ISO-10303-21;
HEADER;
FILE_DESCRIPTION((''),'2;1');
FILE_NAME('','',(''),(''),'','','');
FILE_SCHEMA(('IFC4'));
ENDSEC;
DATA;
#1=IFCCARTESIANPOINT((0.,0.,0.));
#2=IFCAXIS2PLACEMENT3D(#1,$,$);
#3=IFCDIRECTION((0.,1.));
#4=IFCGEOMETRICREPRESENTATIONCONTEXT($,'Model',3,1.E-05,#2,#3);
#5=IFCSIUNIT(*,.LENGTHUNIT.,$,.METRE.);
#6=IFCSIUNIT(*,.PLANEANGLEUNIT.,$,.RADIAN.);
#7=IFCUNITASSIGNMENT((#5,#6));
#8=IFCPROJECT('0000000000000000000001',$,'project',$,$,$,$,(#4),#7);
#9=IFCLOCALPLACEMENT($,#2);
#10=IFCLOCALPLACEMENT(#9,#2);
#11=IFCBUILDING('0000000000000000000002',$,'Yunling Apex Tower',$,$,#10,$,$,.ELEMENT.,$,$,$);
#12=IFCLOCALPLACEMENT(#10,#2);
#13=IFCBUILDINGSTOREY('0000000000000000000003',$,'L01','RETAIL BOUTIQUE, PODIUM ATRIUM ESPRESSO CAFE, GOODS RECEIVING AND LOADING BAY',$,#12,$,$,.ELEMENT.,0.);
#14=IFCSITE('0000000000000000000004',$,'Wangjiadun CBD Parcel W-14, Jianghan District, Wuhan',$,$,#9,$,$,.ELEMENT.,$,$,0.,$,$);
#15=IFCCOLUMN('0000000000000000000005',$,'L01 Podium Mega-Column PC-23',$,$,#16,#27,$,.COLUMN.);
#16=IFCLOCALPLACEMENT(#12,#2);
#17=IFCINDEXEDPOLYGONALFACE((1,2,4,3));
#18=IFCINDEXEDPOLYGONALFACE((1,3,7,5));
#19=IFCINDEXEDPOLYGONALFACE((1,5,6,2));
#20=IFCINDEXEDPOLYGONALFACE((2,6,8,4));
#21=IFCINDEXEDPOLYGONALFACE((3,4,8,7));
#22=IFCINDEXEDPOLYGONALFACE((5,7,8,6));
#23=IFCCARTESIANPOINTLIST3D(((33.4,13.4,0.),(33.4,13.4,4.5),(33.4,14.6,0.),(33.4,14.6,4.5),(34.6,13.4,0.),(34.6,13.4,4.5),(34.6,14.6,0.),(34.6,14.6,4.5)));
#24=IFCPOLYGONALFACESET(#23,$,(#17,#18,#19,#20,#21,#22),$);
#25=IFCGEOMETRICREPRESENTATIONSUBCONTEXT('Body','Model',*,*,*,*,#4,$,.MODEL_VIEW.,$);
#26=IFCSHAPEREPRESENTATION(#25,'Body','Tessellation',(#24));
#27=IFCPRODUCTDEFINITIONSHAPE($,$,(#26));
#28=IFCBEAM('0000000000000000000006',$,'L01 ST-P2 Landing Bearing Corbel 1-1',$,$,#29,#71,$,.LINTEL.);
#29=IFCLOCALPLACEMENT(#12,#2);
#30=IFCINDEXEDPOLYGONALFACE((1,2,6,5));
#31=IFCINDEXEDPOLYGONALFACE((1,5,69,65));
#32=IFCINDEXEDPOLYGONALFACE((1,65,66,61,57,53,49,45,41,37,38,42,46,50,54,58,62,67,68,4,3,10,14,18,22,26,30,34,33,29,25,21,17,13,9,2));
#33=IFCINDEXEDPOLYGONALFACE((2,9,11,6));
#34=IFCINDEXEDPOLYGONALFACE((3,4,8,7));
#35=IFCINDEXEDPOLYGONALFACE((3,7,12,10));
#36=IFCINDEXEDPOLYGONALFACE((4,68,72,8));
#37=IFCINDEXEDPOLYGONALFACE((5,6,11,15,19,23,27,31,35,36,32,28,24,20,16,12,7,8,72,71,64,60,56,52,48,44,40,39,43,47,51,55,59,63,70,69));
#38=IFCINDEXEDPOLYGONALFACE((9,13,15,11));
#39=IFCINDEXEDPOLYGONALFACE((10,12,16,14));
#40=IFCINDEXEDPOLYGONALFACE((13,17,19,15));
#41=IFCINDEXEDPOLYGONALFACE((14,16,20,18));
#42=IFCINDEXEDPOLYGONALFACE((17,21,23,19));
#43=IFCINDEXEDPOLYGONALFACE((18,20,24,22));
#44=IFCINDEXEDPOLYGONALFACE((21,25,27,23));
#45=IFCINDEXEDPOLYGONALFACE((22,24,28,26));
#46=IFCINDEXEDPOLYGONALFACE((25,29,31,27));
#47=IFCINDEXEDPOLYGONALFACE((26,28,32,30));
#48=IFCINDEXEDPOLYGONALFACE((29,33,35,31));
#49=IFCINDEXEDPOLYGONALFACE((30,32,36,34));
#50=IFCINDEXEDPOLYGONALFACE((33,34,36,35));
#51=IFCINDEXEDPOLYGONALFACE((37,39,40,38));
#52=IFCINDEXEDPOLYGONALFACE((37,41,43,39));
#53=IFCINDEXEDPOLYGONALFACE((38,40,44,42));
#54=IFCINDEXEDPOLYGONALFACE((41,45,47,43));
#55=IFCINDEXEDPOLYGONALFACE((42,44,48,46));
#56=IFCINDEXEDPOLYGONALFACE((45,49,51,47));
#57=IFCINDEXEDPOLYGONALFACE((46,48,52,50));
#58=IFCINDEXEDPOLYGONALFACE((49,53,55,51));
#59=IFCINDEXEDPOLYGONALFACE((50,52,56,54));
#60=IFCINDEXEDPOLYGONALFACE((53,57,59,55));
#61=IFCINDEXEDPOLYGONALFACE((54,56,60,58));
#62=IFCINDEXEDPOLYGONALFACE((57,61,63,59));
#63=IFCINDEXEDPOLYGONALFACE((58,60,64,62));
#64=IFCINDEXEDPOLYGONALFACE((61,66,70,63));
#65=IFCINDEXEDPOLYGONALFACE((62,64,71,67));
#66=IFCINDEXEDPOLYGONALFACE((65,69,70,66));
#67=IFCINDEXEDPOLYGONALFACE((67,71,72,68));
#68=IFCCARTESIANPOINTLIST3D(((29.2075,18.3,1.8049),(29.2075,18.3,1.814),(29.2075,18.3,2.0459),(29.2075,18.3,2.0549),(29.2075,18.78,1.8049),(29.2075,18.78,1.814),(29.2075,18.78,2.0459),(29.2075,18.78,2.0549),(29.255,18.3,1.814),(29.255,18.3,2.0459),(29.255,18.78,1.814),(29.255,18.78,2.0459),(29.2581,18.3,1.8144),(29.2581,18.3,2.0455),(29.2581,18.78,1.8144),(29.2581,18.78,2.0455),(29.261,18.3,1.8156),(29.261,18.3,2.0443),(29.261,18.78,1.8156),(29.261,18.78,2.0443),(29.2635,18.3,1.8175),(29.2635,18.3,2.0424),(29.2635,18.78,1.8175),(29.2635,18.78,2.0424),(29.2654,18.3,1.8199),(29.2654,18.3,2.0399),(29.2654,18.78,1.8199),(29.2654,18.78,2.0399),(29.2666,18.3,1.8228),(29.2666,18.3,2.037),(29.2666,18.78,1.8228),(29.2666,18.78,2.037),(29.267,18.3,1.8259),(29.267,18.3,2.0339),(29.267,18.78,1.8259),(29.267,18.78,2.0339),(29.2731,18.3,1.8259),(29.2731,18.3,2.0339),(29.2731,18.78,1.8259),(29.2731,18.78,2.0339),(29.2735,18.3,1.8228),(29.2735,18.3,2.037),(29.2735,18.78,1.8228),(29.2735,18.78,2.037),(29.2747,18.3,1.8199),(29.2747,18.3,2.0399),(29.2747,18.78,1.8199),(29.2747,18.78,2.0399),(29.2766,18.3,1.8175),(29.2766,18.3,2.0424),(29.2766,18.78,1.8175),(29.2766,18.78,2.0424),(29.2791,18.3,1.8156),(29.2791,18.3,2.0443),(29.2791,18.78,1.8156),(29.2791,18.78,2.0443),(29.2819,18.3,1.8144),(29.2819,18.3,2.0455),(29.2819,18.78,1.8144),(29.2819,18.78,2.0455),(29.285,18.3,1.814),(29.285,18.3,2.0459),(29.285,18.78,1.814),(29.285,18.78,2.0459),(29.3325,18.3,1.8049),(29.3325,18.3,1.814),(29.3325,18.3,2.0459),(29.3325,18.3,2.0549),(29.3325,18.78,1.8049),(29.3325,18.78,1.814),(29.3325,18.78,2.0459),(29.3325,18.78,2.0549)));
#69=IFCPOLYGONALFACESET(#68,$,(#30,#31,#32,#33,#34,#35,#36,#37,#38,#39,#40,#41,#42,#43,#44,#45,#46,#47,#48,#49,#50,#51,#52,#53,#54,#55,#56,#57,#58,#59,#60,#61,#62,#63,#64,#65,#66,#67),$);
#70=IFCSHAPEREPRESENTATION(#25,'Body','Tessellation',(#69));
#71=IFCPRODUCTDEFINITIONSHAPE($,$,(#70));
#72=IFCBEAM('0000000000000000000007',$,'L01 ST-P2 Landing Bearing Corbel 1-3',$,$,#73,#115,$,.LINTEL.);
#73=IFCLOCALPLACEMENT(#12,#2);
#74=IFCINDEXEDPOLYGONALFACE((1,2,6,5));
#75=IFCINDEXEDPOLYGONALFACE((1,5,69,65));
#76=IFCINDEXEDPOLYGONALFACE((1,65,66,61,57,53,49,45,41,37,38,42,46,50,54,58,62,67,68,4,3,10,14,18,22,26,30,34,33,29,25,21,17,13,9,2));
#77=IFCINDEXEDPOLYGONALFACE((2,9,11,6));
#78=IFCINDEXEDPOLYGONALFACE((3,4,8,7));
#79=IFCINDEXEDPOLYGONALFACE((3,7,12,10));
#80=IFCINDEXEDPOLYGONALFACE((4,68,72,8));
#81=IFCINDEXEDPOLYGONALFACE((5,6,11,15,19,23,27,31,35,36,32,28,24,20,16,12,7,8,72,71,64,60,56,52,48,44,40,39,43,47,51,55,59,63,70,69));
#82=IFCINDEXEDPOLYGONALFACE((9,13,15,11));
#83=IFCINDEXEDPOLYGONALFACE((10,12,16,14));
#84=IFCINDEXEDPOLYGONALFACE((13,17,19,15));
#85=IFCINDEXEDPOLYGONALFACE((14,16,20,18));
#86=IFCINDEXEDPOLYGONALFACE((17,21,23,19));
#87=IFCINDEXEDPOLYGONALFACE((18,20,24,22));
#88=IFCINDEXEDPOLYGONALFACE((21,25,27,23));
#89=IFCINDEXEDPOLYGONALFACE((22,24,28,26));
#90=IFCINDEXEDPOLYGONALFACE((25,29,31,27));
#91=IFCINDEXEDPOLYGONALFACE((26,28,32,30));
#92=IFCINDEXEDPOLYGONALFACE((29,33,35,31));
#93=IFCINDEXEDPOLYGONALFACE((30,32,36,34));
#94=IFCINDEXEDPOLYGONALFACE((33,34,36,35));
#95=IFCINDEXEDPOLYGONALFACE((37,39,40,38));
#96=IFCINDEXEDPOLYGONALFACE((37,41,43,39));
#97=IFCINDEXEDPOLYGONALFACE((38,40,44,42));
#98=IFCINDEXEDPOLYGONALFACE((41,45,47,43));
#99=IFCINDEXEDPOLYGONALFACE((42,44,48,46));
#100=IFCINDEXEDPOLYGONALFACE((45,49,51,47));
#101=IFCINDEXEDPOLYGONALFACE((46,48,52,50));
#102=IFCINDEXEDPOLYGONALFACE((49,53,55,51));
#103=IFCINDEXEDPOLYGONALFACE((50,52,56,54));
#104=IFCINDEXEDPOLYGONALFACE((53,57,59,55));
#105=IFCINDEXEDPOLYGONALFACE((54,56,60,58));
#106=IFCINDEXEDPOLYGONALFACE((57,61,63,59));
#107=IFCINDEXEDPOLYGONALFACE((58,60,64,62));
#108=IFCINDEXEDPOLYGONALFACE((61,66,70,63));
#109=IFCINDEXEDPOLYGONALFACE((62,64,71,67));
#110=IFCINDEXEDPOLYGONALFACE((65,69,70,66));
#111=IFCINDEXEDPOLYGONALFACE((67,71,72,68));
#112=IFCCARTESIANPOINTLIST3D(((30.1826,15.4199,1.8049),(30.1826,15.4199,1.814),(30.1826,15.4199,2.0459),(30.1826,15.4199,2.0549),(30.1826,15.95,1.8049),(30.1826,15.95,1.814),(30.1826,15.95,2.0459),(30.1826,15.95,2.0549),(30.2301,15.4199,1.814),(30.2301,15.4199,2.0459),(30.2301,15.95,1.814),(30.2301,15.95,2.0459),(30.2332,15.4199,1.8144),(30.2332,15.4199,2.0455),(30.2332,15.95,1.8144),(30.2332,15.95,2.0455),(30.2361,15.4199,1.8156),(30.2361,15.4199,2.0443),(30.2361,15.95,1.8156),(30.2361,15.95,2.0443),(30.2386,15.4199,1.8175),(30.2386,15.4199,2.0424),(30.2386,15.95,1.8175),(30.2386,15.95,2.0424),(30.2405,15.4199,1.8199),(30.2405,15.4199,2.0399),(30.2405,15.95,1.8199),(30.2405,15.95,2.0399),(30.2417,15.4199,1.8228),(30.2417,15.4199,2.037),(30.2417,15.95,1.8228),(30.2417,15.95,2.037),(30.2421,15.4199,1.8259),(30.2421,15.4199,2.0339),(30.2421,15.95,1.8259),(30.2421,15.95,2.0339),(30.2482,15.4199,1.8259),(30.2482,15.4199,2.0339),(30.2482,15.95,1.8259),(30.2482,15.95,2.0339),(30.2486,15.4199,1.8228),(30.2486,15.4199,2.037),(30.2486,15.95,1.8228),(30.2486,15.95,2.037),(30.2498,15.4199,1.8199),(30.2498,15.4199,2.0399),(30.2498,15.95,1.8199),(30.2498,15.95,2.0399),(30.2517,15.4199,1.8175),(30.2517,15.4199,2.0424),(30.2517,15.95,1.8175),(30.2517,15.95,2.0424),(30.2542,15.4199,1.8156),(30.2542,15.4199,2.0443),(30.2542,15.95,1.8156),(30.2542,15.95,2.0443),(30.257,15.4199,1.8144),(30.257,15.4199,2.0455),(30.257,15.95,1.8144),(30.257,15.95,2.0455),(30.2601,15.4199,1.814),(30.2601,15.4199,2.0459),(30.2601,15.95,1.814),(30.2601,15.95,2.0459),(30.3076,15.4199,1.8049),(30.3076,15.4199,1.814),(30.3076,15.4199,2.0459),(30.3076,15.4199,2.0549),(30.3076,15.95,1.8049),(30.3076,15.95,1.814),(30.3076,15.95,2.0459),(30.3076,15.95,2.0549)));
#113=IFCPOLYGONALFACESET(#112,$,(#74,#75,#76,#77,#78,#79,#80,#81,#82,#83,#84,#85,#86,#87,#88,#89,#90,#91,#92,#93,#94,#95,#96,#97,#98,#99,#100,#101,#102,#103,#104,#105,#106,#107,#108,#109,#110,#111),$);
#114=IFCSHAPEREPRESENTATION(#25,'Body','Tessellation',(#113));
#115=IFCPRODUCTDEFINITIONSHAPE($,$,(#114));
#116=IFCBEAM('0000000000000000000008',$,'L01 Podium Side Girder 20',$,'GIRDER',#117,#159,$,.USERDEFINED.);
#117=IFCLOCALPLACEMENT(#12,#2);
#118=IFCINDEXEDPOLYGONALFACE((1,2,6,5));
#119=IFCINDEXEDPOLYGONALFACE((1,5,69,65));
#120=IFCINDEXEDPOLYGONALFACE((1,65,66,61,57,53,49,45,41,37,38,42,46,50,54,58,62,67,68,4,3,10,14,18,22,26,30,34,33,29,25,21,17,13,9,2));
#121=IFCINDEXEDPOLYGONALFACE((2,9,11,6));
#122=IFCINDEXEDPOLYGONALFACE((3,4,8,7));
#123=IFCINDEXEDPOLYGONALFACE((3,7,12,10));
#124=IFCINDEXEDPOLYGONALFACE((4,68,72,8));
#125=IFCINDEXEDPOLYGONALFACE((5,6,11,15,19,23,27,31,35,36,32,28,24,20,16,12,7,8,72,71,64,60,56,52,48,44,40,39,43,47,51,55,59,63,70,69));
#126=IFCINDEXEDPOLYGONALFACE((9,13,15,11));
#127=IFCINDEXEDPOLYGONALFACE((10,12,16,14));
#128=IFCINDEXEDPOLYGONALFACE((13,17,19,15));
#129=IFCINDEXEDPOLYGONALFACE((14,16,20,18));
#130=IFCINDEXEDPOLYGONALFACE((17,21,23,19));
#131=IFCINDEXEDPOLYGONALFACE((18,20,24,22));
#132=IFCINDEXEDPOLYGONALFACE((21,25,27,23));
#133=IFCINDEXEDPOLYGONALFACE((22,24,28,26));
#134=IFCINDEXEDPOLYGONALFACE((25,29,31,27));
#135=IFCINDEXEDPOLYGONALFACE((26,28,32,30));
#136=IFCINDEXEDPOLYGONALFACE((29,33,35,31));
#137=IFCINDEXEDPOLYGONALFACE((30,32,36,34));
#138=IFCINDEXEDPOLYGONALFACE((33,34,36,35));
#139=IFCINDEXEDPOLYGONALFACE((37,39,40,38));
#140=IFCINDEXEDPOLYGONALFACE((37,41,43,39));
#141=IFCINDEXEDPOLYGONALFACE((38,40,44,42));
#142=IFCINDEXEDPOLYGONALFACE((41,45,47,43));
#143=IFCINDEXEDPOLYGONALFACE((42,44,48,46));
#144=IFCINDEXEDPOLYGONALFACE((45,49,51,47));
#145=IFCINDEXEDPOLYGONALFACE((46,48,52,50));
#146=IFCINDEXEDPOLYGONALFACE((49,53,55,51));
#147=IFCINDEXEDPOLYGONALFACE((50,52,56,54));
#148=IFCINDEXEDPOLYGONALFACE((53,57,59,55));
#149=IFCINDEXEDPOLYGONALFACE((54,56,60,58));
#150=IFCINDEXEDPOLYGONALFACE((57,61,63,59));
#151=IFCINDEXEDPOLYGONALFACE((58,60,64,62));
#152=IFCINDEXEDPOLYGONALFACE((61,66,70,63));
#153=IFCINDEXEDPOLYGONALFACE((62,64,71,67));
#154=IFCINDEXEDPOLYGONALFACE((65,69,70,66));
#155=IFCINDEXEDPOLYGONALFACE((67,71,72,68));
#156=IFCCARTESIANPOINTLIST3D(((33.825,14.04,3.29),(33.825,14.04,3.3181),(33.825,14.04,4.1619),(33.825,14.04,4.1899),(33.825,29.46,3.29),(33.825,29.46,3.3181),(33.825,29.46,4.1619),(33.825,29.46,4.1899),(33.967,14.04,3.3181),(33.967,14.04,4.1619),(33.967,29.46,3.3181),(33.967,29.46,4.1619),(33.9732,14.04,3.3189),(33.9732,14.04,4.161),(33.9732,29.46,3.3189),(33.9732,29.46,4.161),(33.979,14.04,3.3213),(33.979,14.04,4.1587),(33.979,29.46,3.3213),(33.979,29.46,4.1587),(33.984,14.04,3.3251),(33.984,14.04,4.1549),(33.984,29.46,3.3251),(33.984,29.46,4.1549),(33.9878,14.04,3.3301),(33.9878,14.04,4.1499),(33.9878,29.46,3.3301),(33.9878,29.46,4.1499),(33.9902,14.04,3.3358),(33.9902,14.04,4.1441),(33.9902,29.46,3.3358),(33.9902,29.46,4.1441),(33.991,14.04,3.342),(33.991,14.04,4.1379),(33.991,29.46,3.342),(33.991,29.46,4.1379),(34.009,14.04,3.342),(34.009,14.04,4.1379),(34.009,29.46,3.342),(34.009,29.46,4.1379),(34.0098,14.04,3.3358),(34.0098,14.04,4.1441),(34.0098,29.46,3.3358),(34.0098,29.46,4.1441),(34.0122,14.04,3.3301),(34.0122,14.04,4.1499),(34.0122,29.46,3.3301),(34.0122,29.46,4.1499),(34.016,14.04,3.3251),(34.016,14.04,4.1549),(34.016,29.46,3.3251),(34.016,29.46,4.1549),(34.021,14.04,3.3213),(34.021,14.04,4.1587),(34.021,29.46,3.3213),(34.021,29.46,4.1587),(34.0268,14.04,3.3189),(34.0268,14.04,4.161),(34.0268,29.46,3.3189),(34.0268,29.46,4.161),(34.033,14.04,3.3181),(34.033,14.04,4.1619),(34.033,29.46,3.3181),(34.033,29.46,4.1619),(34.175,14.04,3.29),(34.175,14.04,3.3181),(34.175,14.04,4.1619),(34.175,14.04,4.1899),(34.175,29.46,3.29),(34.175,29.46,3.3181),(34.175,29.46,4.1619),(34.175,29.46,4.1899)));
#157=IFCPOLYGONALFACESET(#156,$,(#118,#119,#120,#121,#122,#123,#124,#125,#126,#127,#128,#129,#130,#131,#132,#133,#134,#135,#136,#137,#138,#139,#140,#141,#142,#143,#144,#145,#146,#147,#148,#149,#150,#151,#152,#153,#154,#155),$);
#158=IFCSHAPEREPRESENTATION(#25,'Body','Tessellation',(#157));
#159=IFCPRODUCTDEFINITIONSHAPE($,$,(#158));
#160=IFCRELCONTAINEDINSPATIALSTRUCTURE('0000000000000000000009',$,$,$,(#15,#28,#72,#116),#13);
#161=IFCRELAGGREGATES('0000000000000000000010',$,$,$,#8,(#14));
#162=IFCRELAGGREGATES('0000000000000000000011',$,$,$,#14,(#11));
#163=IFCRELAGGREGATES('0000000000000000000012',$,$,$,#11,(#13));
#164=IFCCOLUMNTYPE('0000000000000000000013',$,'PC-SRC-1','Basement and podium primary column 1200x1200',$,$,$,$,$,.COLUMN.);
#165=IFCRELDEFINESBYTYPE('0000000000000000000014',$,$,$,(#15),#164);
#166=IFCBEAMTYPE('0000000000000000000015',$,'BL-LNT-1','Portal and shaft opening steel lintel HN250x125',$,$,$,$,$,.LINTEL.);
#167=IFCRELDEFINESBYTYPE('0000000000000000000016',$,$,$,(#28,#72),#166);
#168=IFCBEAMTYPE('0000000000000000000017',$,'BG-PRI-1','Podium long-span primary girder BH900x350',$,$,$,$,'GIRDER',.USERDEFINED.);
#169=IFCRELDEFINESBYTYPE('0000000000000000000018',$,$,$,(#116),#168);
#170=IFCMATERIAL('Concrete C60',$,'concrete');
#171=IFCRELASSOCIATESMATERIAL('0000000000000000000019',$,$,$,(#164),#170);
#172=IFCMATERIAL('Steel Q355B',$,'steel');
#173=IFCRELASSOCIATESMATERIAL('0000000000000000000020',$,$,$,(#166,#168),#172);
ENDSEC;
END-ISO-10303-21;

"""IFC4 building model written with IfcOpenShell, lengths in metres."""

from ifc_helpers import new_model, si_unit, direction, frame, origin, origin_2d, place, context, subcontext, project, spatial, rectangle, i_section, extrude, source, transform, mapped, material, material_profile, profile_set, type_object, element, save


model = new_model("IFC4")

# Units and contexts
model_context = context("Model", 3, precision=1e-05, world=origin(), true_north=direction((0.0, 1.0)))
body_context = subcontext(model_context, "Body", "Model", "MODEL_VIEW")
ifc_project = project(units=[si_unit("LENGTHUNIT", "METRE"), si_unit("PLANEANGLEUNIT", "RADIAN")], contexts=[model_context])

# Site, building, storey
site_placement = place(None, origin())
site = spatial("IfcSite", under=ifc_project, at=site_placement, Name="Wangjiadun CBD Parcel W-14, Jianghan District, Wuhan", CompositionType="ELEMENT", RefElevation=0.0)
building_placement = place(site_placement, origin())
building = spatial("IfcBuilding", under=site, at=building_placement, Name="Yunling Apex Tower", CompositionType="ELEMENT")
storey_placement = place(building_placement, origin())
storey = spatial("IfcBuildingStorey", under=building, at=storey_placement, Name="L01", Description="RETAIL BOUTIQUE, PODIUM ATRIUM ESPRESSO CAFE, GOODS RECEIVING AND LOADING BAY", CompositionType="ELEMENT", Elevation=0.0)

# Column
ifc_material_1 = material(Name="Concrete C60", Category="concrete")
ifc_material_profile_1 = material_profile(ifc_material_1, rectangle(XDim=1.2, YDim=1.2, at=origin_2d()))
ifc_profile_set_1 = profile_set([ifc_material_profile_1], Name="Concrete C60")
column_type = type_object("IfcColumnType", Name="PC-SRC-1", Description="Basement and podium primary column 1200x1200", PredefinedType="COLUMN", material=ifc_profile_set_1)
shared_shape_1 = source(origin(), body_context, "Body", "SweptSolid", [
    extrude(rectangle(XDim=1.2, YDim=1.2, at=origin_2d()), origin(), (0.0, 0.0, 1.0), 4.5),
])
column_placement = place(storey_placement, frame((34.0, 14.0, 0.0), z_axis=(0.0, 0.0, 1.0), x_axis=(1.0, 0.0, 0.0)))
element("IfcColumn", 1, at=column_placement, inside=storey, type_object=column_type, Name="L01 Podium Mega-Column PC-23", PredefinedType="COLUMN", context=body_context, shape_type="MappedRepresentation", body=[
    mapped(shared_shape_1, transform((0.0, 0.0, 0.0), scale=1.0)),
])

# Beams
ifc_material_2 = material(Name="Steel Q355B", Category="steel")
ifc_material_profile_2 = material_profile(ifc_material_2, i_section(OverallWidth=0.125, OverallDepth=0.25, WebThickness=0.0061, FlangeThickness=0.009, FilletRadius=0.012, at=origin_2d()))
ifc_profile_set_2 = profile_set([ifc_material_profile_2], Name="Steel Q355B")
beam_type_1 = type_object("IfcBeamType", Name="BL-LNT-1", Description="Portal and shaft opening steel lintel HN250x125", PredefinedType="LINTEL", material=ifc_profile_set_2)
shared_shape_2 = source(origin(), body_context, "Body", "SweptSolid", [
    extrude(i_section(OverallWidth=0.125, OverallDepth=0.25, WebThickness=0.0061, FlangeThickness=0.009, FilletRadius=0.012, at=origin_2d()), origin(), (0.0, 0.0, 1.0), 0.48),
])
beam_1_placement = place(storey_placement, frame((29.27, 18.78, 1.9299), z_axis=(0.0, -1.0, 0.0), x_axis=(1.0, 0.0, 0.0)))
element("IfcBeam", 2, at=beam_1_placement, inside=storey, type_object=beam_type_1, Name="L01 ST-P2 Landing Bearing Corbel 1-1", PredefinedType="LINTEL", context=body_context, shape_type="MappedRepresentation", body=[
    mapped(shared_shape_2, transform((0.0, 0.0, 0.0), scale=1.0)),
])
shared_shape_3 = source(origin(), body_context, "Body", "SweptSolid", [
    extrude(i_section(OverallWidth=0.125, OverallDepth=0.25, WebThickness=0.0061, FlangeThickness=0.009, FilletRadius=0.012, at=origin_2d()), origin(), (0.0, 0.0, 1.0), 0.53),
])
beam_2_placement = place(storey_placement, frame((30.2451, 15.4199, 1.9299), z_axis=(0.0, 1.0, 0.0), x_axis=(-1.0, 0.0, 0.0)))
element("IfcBeam", 3, at=beam_2_placement, inside=storey, type_object=beam_type_1, Name="L01 ST-P2 Landing Bearing Corbel 1-3", PredefinedType="LINTEL", context=body_context, shape_type="MappedRepresentation", body=[
    mapped(shared_shape_3, transform((0.0, 0.0, 0.0), scale=1.0)),
])
ifc_material_profile_3 = material_profile(ifc_material_2, i_section(OverallWidth=0.3501, OverallDepth=0.8999, WebThickness=0.0181, FlangeThickness=0.0281, FilletRadius=0.0239, at=origin_2d()))
ifc_profile_set_3 = profile_set([ifc_material_profile_3], Name="Steel Q355B")
beam_type_2 = type_object("IfcBeamType", Name="BG-PRI-1", Description="Podium long-span primary girder BH900x350", ElementType="GIRDER", PredefinedType="USERDEFINED", material=ifc_profile_set_3)
shared_shape_4 = source(origin(), body_context, "Body", "SweptSolid", [
    extrude(i_section(OverallWidth=0.3501, OverallDepth=0.8999, WebThickness=0.0181, FlangeThickness=0.0281, FilletRadius=0.0239, at=origin_2d()), origin(), (0.0, 0.0, 1.0), 15.4199),
])
beam_3_placement = place(storey_placement, frame((34.0, 14.04, 3.74), z_axis=(0.0, 1.0, 0.0), x_axis=(-1.0, 0.0, 0.0)))
element("IfcBeam", 4, at=beam_3_placement, inside=storey, type_object=beam_type_2, Name="L01 Podium Side Girder 20", ObjectType="GIRDER", PredefinedType="USERDEFINED", context=body_context, shape_type="MappedRepresentation", body=[
    mapped(shared_shape_4, transform((0.0, 0.0, 0.0), scale=1.0)),
])

save(model, "model.ifc")
